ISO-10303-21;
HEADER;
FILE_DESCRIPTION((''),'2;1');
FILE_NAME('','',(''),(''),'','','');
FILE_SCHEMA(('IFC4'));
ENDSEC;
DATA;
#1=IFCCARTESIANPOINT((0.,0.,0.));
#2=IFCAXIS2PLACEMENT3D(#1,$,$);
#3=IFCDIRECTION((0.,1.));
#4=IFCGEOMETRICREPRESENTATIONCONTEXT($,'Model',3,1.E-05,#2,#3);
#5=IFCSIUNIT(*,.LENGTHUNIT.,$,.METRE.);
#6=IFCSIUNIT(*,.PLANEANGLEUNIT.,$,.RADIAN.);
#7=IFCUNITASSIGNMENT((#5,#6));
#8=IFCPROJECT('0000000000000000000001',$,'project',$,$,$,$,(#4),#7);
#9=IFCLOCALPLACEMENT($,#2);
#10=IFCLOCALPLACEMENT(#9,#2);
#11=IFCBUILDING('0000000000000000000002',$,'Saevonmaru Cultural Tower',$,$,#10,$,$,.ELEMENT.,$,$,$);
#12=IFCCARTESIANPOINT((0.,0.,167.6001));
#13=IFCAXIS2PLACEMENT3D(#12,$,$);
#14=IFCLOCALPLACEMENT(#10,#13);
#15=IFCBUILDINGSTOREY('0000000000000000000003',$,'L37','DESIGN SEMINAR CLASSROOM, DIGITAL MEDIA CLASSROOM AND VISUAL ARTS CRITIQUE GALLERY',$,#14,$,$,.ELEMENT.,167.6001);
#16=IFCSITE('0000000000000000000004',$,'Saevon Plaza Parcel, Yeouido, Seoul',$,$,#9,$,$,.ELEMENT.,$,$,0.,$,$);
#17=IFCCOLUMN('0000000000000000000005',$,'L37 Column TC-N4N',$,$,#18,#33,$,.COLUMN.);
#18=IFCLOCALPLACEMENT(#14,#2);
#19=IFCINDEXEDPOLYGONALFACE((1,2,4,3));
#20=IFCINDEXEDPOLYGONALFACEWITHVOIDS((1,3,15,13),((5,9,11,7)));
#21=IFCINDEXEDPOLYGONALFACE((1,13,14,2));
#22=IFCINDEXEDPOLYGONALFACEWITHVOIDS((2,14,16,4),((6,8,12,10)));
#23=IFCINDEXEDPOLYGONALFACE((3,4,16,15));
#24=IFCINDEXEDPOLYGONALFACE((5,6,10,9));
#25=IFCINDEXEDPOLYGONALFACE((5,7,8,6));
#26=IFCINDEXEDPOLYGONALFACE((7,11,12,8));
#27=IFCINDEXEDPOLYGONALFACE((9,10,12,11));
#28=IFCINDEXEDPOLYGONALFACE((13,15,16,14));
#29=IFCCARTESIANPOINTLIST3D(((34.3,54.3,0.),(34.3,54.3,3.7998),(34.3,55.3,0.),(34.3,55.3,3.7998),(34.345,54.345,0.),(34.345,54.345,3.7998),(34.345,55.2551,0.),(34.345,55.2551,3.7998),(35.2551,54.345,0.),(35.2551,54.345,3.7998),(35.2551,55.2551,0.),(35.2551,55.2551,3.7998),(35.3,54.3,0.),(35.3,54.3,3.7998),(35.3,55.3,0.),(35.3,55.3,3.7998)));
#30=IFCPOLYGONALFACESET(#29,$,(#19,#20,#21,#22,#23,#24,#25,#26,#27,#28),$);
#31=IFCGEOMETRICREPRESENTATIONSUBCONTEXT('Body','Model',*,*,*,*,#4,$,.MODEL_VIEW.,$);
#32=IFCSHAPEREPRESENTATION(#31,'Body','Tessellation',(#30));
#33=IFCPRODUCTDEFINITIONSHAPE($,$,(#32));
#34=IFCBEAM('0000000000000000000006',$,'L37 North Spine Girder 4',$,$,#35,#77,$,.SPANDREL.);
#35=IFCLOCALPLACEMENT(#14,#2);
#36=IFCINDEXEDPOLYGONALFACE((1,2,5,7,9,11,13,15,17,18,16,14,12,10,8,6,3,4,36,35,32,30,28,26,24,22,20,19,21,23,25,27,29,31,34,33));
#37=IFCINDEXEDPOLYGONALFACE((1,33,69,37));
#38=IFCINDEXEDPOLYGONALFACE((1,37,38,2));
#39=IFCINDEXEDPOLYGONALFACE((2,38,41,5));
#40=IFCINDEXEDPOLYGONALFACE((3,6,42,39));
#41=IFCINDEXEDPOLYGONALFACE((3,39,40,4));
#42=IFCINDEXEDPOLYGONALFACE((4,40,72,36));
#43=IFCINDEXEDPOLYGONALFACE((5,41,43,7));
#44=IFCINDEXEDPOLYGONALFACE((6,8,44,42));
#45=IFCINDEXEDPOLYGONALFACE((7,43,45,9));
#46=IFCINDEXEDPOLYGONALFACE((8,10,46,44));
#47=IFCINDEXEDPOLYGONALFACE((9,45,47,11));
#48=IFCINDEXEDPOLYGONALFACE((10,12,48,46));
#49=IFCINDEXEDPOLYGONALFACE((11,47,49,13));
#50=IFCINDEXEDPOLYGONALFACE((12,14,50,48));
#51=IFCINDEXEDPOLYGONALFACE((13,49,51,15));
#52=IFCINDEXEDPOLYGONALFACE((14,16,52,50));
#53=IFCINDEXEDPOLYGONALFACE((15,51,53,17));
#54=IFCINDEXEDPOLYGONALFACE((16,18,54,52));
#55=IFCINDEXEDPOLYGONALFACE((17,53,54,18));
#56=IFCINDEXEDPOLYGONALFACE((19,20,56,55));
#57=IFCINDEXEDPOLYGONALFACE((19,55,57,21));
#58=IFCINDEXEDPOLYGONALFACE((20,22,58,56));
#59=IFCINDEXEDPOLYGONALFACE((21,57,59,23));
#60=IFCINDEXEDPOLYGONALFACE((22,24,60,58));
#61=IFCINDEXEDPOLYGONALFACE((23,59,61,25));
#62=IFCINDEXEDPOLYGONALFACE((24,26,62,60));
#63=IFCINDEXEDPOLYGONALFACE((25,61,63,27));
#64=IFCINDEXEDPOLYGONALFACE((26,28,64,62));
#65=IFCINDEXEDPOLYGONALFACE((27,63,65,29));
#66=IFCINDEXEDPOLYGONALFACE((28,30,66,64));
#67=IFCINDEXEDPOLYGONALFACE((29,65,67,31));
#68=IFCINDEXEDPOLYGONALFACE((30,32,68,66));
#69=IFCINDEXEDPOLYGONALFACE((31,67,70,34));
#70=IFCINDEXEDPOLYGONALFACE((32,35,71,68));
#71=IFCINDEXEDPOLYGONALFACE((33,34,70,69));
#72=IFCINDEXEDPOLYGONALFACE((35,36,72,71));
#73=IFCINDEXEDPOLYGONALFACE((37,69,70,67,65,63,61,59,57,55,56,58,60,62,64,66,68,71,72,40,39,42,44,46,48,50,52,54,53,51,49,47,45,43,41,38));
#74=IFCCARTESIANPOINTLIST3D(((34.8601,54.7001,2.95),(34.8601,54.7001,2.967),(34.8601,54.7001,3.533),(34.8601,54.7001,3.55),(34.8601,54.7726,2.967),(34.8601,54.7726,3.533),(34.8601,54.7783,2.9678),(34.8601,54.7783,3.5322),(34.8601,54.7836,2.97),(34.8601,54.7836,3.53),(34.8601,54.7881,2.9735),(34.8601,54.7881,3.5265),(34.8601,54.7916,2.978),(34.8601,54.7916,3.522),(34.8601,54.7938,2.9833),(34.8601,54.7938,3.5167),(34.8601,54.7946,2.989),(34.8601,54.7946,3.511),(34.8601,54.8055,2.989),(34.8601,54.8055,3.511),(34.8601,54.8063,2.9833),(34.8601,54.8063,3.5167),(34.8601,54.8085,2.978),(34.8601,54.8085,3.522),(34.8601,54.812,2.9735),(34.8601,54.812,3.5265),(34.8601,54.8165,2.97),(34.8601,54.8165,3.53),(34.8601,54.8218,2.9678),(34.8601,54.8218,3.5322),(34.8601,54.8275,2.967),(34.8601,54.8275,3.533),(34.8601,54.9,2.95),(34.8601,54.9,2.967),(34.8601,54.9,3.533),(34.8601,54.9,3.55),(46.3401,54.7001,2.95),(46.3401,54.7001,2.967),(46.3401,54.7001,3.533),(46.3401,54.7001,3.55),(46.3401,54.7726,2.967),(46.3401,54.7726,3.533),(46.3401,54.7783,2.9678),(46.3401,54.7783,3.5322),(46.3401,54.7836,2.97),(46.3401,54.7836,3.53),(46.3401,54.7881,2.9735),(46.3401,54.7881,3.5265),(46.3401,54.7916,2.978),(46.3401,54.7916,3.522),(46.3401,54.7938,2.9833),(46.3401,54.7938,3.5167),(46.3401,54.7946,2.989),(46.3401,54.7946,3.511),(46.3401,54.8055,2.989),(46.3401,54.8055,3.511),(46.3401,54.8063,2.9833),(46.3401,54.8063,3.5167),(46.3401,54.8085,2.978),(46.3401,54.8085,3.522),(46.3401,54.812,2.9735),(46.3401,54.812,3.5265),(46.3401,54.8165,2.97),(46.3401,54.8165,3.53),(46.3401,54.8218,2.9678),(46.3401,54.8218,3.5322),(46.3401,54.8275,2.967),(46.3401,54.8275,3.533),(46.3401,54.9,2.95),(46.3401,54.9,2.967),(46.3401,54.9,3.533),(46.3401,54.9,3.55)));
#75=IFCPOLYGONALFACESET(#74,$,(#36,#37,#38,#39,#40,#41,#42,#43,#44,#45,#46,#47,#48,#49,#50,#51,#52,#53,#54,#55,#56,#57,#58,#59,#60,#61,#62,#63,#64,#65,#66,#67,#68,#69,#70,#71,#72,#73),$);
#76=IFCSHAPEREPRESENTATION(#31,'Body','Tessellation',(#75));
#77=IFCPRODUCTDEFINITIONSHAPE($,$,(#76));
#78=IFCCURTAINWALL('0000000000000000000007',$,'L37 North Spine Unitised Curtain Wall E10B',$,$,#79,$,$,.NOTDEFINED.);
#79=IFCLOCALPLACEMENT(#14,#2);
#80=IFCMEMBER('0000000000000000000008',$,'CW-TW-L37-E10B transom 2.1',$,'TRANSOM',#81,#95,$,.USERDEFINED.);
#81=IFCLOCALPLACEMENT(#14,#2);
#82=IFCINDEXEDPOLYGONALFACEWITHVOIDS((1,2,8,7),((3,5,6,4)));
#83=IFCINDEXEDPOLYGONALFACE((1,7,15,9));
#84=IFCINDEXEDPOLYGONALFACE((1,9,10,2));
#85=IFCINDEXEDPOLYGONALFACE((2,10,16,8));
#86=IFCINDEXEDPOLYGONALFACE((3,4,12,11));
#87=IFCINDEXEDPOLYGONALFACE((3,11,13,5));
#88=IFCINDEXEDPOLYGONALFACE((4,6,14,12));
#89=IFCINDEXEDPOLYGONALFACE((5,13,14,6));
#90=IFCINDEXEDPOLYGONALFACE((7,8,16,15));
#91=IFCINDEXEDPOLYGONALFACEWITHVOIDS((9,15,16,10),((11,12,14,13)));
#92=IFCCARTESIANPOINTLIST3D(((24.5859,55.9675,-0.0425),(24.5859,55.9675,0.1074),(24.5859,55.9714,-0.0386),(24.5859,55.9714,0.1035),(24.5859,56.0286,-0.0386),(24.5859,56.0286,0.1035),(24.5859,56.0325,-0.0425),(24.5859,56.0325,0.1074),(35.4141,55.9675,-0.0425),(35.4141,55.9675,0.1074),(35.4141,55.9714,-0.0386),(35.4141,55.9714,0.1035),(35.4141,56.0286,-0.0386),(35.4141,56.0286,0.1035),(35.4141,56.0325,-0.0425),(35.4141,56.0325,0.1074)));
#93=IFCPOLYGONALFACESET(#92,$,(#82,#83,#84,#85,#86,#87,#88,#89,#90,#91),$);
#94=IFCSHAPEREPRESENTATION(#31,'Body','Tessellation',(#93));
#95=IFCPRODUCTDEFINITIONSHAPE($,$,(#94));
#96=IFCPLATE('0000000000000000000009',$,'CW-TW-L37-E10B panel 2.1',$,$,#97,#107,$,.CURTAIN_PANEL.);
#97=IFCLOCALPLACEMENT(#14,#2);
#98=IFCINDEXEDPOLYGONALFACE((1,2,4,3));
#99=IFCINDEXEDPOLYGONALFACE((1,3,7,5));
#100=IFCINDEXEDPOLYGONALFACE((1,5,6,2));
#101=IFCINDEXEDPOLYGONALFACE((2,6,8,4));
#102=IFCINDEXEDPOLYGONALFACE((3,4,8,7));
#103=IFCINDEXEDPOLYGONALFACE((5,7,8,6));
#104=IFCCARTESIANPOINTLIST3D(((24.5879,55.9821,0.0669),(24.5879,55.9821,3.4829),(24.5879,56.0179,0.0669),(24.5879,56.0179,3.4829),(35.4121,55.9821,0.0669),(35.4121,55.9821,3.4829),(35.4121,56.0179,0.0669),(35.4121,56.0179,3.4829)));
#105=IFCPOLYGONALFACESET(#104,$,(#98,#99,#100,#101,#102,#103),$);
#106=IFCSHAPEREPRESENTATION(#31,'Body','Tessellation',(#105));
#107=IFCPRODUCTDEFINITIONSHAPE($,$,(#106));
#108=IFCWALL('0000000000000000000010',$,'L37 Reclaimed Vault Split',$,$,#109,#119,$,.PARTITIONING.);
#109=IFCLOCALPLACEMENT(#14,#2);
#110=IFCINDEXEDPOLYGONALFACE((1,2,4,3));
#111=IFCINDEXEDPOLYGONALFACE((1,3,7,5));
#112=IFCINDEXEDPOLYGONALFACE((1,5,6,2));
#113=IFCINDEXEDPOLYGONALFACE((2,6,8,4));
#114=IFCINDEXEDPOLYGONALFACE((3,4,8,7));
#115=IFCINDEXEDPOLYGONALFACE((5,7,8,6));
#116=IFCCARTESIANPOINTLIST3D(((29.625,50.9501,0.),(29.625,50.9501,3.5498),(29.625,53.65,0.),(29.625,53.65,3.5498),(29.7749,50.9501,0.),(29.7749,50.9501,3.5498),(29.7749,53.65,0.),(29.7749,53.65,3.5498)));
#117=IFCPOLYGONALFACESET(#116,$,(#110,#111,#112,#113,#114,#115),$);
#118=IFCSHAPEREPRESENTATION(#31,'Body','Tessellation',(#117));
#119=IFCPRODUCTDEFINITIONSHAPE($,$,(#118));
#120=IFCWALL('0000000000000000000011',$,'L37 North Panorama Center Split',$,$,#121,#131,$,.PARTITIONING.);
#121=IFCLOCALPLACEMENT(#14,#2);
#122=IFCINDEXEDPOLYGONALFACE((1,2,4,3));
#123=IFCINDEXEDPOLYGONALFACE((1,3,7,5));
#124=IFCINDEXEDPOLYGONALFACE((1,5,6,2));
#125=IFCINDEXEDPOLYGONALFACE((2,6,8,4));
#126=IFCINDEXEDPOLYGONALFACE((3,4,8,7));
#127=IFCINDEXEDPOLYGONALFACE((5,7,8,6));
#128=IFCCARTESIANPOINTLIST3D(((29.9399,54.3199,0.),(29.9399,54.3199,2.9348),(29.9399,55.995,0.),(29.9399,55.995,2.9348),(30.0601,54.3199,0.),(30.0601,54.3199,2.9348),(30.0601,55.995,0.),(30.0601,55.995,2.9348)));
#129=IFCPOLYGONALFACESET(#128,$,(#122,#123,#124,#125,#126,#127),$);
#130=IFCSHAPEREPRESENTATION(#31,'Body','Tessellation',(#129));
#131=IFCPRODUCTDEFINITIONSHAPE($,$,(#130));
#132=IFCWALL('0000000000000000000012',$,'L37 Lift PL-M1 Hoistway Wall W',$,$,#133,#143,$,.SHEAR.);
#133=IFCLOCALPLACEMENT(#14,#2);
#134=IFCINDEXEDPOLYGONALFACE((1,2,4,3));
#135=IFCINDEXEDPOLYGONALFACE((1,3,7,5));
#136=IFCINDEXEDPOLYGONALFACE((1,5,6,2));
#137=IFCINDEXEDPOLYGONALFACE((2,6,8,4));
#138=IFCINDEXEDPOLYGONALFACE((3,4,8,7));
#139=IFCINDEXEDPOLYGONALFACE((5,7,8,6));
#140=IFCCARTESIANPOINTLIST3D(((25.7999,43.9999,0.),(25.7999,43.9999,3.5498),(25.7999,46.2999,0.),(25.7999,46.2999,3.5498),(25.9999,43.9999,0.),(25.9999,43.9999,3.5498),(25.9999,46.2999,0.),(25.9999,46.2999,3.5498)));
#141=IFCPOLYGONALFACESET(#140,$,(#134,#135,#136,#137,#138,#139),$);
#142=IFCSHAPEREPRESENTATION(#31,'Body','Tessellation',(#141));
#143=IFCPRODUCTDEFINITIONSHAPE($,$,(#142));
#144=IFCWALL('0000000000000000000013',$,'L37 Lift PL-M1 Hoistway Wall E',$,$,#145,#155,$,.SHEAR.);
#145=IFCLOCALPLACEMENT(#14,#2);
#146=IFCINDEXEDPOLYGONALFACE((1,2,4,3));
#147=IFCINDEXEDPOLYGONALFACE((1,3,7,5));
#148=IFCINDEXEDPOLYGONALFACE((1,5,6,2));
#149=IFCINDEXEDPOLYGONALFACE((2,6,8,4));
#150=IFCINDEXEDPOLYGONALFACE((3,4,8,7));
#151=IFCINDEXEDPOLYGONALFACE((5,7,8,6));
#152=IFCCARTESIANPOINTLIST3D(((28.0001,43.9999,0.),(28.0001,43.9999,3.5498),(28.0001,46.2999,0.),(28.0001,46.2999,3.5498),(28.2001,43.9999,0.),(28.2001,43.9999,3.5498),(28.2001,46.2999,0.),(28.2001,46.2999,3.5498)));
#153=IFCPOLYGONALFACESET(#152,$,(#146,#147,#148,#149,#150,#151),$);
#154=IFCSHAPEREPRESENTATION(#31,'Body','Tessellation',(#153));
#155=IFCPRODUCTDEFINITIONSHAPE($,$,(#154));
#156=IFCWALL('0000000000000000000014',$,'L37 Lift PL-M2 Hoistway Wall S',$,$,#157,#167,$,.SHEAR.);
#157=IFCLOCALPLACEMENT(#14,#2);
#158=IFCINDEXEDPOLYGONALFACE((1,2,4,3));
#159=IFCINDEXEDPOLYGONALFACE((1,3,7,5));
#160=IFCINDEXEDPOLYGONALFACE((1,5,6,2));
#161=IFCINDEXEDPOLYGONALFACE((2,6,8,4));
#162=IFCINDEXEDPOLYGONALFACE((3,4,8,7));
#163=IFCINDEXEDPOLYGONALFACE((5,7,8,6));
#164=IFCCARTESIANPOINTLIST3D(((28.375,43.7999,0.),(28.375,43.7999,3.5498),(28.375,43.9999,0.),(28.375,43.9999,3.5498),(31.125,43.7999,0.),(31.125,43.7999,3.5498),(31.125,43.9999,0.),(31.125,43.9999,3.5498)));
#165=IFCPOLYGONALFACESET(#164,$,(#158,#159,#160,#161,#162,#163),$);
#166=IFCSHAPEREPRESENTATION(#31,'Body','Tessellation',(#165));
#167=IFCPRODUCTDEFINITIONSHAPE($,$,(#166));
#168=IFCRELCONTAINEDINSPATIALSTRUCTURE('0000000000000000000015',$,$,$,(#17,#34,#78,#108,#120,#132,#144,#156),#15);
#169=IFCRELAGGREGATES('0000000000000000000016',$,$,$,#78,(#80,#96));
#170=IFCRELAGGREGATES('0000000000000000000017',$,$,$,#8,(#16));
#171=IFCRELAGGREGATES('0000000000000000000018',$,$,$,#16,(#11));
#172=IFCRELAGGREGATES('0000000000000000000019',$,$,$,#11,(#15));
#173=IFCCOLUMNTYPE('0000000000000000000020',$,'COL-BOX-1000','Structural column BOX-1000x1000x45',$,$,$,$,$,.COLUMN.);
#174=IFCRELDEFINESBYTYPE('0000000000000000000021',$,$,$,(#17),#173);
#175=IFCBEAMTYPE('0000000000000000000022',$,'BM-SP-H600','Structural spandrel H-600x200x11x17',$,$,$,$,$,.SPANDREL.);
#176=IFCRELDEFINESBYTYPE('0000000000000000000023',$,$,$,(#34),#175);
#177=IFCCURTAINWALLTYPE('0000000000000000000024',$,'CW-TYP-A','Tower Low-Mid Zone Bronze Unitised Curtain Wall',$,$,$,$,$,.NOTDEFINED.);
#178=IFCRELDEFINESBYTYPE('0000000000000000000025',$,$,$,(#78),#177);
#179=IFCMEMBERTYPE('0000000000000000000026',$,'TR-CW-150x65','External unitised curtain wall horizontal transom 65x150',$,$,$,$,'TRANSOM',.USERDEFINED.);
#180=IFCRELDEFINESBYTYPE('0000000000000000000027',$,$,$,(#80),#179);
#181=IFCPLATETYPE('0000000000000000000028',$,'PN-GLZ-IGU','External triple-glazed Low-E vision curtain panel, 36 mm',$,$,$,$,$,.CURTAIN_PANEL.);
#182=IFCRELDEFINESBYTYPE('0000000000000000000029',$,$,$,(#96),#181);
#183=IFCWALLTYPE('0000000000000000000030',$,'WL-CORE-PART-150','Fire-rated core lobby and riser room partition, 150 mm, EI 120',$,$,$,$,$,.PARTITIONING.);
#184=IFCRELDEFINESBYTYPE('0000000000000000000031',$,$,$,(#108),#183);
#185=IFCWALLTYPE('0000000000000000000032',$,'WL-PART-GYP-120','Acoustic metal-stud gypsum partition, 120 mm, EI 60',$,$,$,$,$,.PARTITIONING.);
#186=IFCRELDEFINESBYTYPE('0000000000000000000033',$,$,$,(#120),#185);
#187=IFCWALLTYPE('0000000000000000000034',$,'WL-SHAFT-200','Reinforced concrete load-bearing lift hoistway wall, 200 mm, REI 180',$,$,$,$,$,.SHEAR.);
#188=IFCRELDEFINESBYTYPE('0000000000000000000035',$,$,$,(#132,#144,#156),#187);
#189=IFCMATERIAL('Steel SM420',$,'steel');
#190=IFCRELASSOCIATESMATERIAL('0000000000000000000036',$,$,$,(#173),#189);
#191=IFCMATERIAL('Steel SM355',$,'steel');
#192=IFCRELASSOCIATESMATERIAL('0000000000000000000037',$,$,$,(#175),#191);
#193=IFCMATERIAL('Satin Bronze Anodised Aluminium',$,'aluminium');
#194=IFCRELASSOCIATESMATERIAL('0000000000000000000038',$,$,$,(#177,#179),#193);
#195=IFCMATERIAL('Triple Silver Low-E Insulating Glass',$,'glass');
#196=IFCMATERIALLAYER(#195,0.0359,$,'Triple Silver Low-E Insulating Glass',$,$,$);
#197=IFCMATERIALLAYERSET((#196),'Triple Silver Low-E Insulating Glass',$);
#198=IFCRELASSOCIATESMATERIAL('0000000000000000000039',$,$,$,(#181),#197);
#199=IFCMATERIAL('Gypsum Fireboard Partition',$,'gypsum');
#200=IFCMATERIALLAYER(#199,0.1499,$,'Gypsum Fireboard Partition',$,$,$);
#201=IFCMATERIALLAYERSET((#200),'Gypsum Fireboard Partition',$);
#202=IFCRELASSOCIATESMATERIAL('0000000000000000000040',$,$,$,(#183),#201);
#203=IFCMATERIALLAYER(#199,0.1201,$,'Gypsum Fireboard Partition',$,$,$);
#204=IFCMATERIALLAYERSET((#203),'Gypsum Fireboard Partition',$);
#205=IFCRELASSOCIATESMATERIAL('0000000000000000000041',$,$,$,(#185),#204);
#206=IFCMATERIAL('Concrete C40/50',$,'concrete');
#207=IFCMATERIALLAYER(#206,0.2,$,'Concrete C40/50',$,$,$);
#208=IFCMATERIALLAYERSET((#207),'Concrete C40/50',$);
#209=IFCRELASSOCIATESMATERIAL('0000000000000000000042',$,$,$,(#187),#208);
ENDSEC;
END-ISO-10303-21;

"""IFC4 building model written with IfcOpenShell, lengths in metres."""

from ifc_helpers import new_model, si_unit, direction, frame, frame_2d, origin, origin_2d, place, context, subcontext, project, spatial, rectangle, hollow_rectangle, i_section, extrude, material, layer, layer_set, material_profile, profile_set, type_object, element, aggregate, save


model = new_model("IFC4")

# Units and contexts
model_context = context("Model", 3, precision=1e-05, world=origin(), true_north=direction((0.0, 1.0)))
body_context = subcontext(model_context, "Body", "Model", "MODEL_VIEW")
ifc_project = project(units=[si_unit("LENGTHUNIT", "METRE"), si_unit("PLANEANGLEUNIT", "RADIAN")], contexts=[model_context])

# Site, building, storey
site_placement = place(None, origin())
site = spatial("IfcSite", under=ifc_project, at=site_placement, Name="Saevon Plaza Parcel, Yeouido, Seoul", CompositionType="ELEMENT", RefElevation=0.0)
building_placement = place(site_placement, origin())
building = spatial("IfcBuilding", under=site, at=building_placement, Name="Saevonmaru Cultural Tower", CompositionType="ELEMENT")
storey_placement = place(building_placement, frame((0.0, 0.0, 167.6001)))
storey = spatial("IfcBuildingStorey", under=building, at=storey_placement, Name="L37", Description="DESIGN SEMINAR CLASSROOM, DIGITAL MEDIA CLASSROOM AND VISUAL ARTS CRITIQUE GALLERY", CompositionType="ELEMENT", Elevation=167.6001)

# Column
ifc_material_1 = material(Name="Steel SM420", Category="steel")
ifc_material_profile_1 = material_profile(ifc_material_1, hollow_rectangle(XDim=1.0, YDim=1.0, WallThickness=0.0449, at=origin_2d()), Name="BOX-1000x1000x45")
ifc_profile_set_1 = profile_set([ifc_material_profile_1], Name="Steel SM420")
column_type = type_object("IfcColumnType", Name="COL-BOX-1000", Description="Structural column BOX-1000x1000x45", PredefinedType="COLUMN", material=ifc_profile_set_1)
column_placement = place(storey_placement, frame((34.8, 54.8, 0.0), z_axis=(0.0, 0.0, 1.0), x_axis=(1.0, 0.0, 0.0)))
element("IfcColumn", 1, at=column_placement, inside=storey, type_object=column_type, Name="L37 Column TC-N4N", PredefinedType="COLUMN", context=body_context, shape_type="SweptSolid", body=[
    extrude(hollow_rectangle(XDim=1.0, YDim=1.0, WallThickness=0.0449, at=origin_2d()), origin(), (0.0, 0.0, 1.0), 3.7998),
])

# Beam
ifc_material_2 = material(Name="Steel SM355", Category="steel")
ifc_material_profile_2 = material_profile(ifc_material_2, i_section(OverallWidth=0.2, OverallDepth=0.6001, WebThickness=0.011, FlangeThickness=0.0171, FilletRadius=0.022, at=origin_2d()), Name="H-600x200x11x17")
ifc_profile_set_2 = profile_set([ifc_material_profile_2], Name="Steel SM355")
beam_type = type_object("IfcBeamType", Name="BM-SP-H600", Description="Structural spandrel H-600x200x11x17", PredefinedType="SPANDREL", material=ifc_profile_set_2)
beam_placement = place(storey_placement, frame((34.8601, 54.8, 3.25), z_axis=(1.0, 0.0, 0.0), x_axis=(0.0, 1.0, 0.0)))
element("IfcBeam", 2, at=beam_placement, inside=storey, type_object=beam_type, Name="L37 North Spine Girder 4", PredefinedType="SPANDREL", context=body_context, shape_type="SweptSolid", body=[
    extrude(i_section(OverallWidth=0.2, OverallDepth=0.6001, WebThickness=0.011, FlangeThickness=0.0171, FilletRadius=0.022, at=origin_2d()), origin(), (0.0, 0.0, 1.0), 11.48),
])

# Curtain wall, member, plate
ifc_material_3 = material(Name="Satin Bronze Anodised Aluminium", Category="aluminium")
curtain_wall_type = type_object("IfcCurtainWallType", Name="CW-TYP-A", Description="Tower Low-Mid Zone Bronze Unitised Curtain Wall", PredefinedType="NOTDEFINED", material=ifc_material_3)
curtain_wall_placement = place(storey_placement, origin())
curtain_wall = element("IfcCurtainWall", 3, at=curtain_wall_placement, inside=storey, type_object=curtain_wall_type, Name="L37 North Spine Unitised Curtain Wall E10B", PredefinedType="NOTDEFINED")
ifc_material_profile_3 = material_profile(ifc_material_3, hollow_rectangle(XDim=0.0649, YDim=0.1499, WallThickness=0.0039, at=origin_2d()), Name="ALU-TRAN-150x65x4")
ifc_profile_set_3 = profile_set([ifc_material_profile_3], Name="Satin Bronze Anodised Aluminium")
member_type = type_object("IfcMemberType", Name="TR-CW-150x65", Description="External unitised curtain wall horizontal transom 65x150", ElementType="TRANSOM", PredefinedType="USERDEFINED", material=ifc_profile_set_3)
member_placement = place(storey_placement, frame((35.4141, 56.0, 0.0325), z_axis=(-1.0, 0.0, 0.0), x_axis=(0.0, -1.0, 0.0)))
member = element("IfcMember", 4, at=member_placement, type_object=member_type, Name="CW-TW-L37-E10B transom 2.1", ObjectType="TRANSOM", PredefinedType="USERDEFINED", context=body_context, shape_type="SweptSolid", body=[
    extrude(hollow_rectangle(XDim=0.0649, YDim=0.1499, WallThickness=0.0039, at=origin_2d()), origin(), (0.0, 0.0, 1.0), 10.8281),
])
ifc_material_4 = material(Name="Triple Silver Low-E Insulating Glass", Category="glass")
ifc_layer_1 = layer(ifc_material_4, 0.0359, Name="Triple Silver Low-E Insulating Glass")
ifc_layer_set_1 = layer_set([ifc_layer_1], Name="Triple Silver Low-E Insulating Glass")
plate_type = type_object("IfcPlateType", Name="PN-GLZ-IGU", Description="External triple-glazed Low-E vision curtain panel, 36 mm", PredefinedType="CURTAIN_PANEL", material=ifc_layer_set_1)
plate_placement = place(storey_placement, frame((30.0, 56.0, 0.0669), z_axis=(0.0, 0.0, 1.0), x_axis=(-1.0, 0.0, 0.0)))
plate = element("IfcPlate", 5, at=plate_placement, type_object=plate_type, Name="CW-TW-L37-E10B panel 2.1", PredefinedType="CURTAIN_PANEL", context=body_context, shape_type="SweptSolid", body=[
    extrude(rectangle(XDim=10.8242, YDim=0.0359, at=origin_2d()), origin(), (0.0, 0.0, 1.0), 3.416),
])
aggregate(curtain_wall, [member, plate])

# Walls
ifc_material_5 = material(Name="Gypsum Fireboard Partition", Category="gypsum")
ifc_layer_2 = layer(ifc_material_5, 0.1499, Name="Gypsum Fireboard Partition")
ifc_layer_set_2 = layer_set([ifc_layer_2], Name="Gypsum Fireboard Partition")
wall_type_1 = type_object("IfcWallType", Name="WL-CORE-PART-150", Description="Fire-rated core lobby and riser room partition, 150 mm, EI 120", PredefinedType="PARTITIONING", material=ifc_layer_set_2)
wall_1_placement = place(storey_placement, frame((29.7, 50.95, 0.0), z_axis=(0.0, 0.0, 1.0), x_axis=(0.0, 1.0, 0.0)))
element("IfcWall", 6, at=wall_1_placement, inside=storey, type_object=wall_type_1, Name="L37 Reclaimed Vault Split", PredefinedType="PARTITIONING", context=body_context, shape_type="SweptSolid", body=[
    extrude(rectangle(XDim=2.7, YDim=0.1499, at=frame_2d((1.3501, 0.0))), origin(), (0.0, 0.0, 1.0), 3.5498),
])
ifc_layer_3 = layer(ifc_material_5, 0.1201, Name="Gypsum Fireboard Partition")
ifc_layer_set_3 = layer_set([ifc_layer_3], Name="Gypsum Fireboard Partition")
wall_type_2 = type_object("IfcWallType", Name="WL-PART-GYP-120", Description="Acoustic metal-stud gypsum partition, 120 mm, EI 60", PredefinedType="PARTITIONING", material=ifc_layer_set_3)
wall_2_placement = place(storey_placement, frame((30.0, 54.3201, 0.0), z_axis=(0.0, 0.0, 1.0), x_axis=(0.0, 1.0, 0.0)))
element("IfcWall", 7, at=wall_2_placement, inside=storey, type_object=wall_type_2, Name="L37 North Panorama Center Split", PredefinedType="PARTITIONING", context=body_context, shape_type="SweptSolid", body=[
    extrude(rectangle(XDim=1.675, YDim=0.1201, at=frame_2d((0.8374, 0.0))), origin(), (0.0, 0.0, 1.0), 2.9348),
])
ifc_material_6 = material(Name="Concrete C40/50", Category="concrete")
ifc_layer_4 = layer(ifc_material_6, 0.2, Name="Concrete C40/50")
ifc_layer_set_4 = layer_set([ifc_layer_4], Name="Concrete C40/50")
wall_type_3 = type_object("IfcWallType", Name="WL-SHAFT-200", Description="Reinforced concrete load-bearing lift hoistway wall, 200 mm, REI 180", PredefinedType="SHEAR", material=ifc_layer_set_4)
for number, where, z_axis, x_axis, name in (
    (8, (25.8999, 44.0, 0.0), (0.0, 0.0, 1.0), (0.0, 1.0, 0.0), "L37 Lift PL-M1 Hoistway Wall W"),
    (9, (28.1001, 44.0, 0.0), (0.0, 0.0, 1.0), (0.0, 1.0, 0.0), "L37 Lift PL-M1 Hoistway Wall E"),
):
    element("IfcWall", number, at=place(storey_placement, frame(where, z_axis=z_axis, x_axis=x_axis)), inside=storey, type_object=wall_type_3, Name=name, PredefinedType="SHEAR", context=body_context, shape_type="SweptSolid", body=[
        extrude(rectangle(XDim=2.3, YDim=0.2, at=frame_2d((1.1499, 0.0))), origin(), (0.0, 0.0, 1.0), 3.5498),
    ])
wall_3_placement = place(storey_placement, frame((28.375, 43.8999, 0.0), z_axis=(0.0, 0.0, 1.0), x_axis=(1.0, 0.0, 0.0)))
element("IfcWall", 10, at=wall_3_placement, inside=storey, type_object=wall_type_3, Name="L37 Lift PL-M2 Hoistway Wall S", PredefinedType="SHEAR", context=body_context, shape_type="SweptSolid", body=[
    extrude(rectangle(XDim=2.75, YDim=0.2, at=frame_2d((1.375, 0.0))), origin(), (0.0, 0.0, 1.0), 3.5498),
])

save(model, "model.ifc")
